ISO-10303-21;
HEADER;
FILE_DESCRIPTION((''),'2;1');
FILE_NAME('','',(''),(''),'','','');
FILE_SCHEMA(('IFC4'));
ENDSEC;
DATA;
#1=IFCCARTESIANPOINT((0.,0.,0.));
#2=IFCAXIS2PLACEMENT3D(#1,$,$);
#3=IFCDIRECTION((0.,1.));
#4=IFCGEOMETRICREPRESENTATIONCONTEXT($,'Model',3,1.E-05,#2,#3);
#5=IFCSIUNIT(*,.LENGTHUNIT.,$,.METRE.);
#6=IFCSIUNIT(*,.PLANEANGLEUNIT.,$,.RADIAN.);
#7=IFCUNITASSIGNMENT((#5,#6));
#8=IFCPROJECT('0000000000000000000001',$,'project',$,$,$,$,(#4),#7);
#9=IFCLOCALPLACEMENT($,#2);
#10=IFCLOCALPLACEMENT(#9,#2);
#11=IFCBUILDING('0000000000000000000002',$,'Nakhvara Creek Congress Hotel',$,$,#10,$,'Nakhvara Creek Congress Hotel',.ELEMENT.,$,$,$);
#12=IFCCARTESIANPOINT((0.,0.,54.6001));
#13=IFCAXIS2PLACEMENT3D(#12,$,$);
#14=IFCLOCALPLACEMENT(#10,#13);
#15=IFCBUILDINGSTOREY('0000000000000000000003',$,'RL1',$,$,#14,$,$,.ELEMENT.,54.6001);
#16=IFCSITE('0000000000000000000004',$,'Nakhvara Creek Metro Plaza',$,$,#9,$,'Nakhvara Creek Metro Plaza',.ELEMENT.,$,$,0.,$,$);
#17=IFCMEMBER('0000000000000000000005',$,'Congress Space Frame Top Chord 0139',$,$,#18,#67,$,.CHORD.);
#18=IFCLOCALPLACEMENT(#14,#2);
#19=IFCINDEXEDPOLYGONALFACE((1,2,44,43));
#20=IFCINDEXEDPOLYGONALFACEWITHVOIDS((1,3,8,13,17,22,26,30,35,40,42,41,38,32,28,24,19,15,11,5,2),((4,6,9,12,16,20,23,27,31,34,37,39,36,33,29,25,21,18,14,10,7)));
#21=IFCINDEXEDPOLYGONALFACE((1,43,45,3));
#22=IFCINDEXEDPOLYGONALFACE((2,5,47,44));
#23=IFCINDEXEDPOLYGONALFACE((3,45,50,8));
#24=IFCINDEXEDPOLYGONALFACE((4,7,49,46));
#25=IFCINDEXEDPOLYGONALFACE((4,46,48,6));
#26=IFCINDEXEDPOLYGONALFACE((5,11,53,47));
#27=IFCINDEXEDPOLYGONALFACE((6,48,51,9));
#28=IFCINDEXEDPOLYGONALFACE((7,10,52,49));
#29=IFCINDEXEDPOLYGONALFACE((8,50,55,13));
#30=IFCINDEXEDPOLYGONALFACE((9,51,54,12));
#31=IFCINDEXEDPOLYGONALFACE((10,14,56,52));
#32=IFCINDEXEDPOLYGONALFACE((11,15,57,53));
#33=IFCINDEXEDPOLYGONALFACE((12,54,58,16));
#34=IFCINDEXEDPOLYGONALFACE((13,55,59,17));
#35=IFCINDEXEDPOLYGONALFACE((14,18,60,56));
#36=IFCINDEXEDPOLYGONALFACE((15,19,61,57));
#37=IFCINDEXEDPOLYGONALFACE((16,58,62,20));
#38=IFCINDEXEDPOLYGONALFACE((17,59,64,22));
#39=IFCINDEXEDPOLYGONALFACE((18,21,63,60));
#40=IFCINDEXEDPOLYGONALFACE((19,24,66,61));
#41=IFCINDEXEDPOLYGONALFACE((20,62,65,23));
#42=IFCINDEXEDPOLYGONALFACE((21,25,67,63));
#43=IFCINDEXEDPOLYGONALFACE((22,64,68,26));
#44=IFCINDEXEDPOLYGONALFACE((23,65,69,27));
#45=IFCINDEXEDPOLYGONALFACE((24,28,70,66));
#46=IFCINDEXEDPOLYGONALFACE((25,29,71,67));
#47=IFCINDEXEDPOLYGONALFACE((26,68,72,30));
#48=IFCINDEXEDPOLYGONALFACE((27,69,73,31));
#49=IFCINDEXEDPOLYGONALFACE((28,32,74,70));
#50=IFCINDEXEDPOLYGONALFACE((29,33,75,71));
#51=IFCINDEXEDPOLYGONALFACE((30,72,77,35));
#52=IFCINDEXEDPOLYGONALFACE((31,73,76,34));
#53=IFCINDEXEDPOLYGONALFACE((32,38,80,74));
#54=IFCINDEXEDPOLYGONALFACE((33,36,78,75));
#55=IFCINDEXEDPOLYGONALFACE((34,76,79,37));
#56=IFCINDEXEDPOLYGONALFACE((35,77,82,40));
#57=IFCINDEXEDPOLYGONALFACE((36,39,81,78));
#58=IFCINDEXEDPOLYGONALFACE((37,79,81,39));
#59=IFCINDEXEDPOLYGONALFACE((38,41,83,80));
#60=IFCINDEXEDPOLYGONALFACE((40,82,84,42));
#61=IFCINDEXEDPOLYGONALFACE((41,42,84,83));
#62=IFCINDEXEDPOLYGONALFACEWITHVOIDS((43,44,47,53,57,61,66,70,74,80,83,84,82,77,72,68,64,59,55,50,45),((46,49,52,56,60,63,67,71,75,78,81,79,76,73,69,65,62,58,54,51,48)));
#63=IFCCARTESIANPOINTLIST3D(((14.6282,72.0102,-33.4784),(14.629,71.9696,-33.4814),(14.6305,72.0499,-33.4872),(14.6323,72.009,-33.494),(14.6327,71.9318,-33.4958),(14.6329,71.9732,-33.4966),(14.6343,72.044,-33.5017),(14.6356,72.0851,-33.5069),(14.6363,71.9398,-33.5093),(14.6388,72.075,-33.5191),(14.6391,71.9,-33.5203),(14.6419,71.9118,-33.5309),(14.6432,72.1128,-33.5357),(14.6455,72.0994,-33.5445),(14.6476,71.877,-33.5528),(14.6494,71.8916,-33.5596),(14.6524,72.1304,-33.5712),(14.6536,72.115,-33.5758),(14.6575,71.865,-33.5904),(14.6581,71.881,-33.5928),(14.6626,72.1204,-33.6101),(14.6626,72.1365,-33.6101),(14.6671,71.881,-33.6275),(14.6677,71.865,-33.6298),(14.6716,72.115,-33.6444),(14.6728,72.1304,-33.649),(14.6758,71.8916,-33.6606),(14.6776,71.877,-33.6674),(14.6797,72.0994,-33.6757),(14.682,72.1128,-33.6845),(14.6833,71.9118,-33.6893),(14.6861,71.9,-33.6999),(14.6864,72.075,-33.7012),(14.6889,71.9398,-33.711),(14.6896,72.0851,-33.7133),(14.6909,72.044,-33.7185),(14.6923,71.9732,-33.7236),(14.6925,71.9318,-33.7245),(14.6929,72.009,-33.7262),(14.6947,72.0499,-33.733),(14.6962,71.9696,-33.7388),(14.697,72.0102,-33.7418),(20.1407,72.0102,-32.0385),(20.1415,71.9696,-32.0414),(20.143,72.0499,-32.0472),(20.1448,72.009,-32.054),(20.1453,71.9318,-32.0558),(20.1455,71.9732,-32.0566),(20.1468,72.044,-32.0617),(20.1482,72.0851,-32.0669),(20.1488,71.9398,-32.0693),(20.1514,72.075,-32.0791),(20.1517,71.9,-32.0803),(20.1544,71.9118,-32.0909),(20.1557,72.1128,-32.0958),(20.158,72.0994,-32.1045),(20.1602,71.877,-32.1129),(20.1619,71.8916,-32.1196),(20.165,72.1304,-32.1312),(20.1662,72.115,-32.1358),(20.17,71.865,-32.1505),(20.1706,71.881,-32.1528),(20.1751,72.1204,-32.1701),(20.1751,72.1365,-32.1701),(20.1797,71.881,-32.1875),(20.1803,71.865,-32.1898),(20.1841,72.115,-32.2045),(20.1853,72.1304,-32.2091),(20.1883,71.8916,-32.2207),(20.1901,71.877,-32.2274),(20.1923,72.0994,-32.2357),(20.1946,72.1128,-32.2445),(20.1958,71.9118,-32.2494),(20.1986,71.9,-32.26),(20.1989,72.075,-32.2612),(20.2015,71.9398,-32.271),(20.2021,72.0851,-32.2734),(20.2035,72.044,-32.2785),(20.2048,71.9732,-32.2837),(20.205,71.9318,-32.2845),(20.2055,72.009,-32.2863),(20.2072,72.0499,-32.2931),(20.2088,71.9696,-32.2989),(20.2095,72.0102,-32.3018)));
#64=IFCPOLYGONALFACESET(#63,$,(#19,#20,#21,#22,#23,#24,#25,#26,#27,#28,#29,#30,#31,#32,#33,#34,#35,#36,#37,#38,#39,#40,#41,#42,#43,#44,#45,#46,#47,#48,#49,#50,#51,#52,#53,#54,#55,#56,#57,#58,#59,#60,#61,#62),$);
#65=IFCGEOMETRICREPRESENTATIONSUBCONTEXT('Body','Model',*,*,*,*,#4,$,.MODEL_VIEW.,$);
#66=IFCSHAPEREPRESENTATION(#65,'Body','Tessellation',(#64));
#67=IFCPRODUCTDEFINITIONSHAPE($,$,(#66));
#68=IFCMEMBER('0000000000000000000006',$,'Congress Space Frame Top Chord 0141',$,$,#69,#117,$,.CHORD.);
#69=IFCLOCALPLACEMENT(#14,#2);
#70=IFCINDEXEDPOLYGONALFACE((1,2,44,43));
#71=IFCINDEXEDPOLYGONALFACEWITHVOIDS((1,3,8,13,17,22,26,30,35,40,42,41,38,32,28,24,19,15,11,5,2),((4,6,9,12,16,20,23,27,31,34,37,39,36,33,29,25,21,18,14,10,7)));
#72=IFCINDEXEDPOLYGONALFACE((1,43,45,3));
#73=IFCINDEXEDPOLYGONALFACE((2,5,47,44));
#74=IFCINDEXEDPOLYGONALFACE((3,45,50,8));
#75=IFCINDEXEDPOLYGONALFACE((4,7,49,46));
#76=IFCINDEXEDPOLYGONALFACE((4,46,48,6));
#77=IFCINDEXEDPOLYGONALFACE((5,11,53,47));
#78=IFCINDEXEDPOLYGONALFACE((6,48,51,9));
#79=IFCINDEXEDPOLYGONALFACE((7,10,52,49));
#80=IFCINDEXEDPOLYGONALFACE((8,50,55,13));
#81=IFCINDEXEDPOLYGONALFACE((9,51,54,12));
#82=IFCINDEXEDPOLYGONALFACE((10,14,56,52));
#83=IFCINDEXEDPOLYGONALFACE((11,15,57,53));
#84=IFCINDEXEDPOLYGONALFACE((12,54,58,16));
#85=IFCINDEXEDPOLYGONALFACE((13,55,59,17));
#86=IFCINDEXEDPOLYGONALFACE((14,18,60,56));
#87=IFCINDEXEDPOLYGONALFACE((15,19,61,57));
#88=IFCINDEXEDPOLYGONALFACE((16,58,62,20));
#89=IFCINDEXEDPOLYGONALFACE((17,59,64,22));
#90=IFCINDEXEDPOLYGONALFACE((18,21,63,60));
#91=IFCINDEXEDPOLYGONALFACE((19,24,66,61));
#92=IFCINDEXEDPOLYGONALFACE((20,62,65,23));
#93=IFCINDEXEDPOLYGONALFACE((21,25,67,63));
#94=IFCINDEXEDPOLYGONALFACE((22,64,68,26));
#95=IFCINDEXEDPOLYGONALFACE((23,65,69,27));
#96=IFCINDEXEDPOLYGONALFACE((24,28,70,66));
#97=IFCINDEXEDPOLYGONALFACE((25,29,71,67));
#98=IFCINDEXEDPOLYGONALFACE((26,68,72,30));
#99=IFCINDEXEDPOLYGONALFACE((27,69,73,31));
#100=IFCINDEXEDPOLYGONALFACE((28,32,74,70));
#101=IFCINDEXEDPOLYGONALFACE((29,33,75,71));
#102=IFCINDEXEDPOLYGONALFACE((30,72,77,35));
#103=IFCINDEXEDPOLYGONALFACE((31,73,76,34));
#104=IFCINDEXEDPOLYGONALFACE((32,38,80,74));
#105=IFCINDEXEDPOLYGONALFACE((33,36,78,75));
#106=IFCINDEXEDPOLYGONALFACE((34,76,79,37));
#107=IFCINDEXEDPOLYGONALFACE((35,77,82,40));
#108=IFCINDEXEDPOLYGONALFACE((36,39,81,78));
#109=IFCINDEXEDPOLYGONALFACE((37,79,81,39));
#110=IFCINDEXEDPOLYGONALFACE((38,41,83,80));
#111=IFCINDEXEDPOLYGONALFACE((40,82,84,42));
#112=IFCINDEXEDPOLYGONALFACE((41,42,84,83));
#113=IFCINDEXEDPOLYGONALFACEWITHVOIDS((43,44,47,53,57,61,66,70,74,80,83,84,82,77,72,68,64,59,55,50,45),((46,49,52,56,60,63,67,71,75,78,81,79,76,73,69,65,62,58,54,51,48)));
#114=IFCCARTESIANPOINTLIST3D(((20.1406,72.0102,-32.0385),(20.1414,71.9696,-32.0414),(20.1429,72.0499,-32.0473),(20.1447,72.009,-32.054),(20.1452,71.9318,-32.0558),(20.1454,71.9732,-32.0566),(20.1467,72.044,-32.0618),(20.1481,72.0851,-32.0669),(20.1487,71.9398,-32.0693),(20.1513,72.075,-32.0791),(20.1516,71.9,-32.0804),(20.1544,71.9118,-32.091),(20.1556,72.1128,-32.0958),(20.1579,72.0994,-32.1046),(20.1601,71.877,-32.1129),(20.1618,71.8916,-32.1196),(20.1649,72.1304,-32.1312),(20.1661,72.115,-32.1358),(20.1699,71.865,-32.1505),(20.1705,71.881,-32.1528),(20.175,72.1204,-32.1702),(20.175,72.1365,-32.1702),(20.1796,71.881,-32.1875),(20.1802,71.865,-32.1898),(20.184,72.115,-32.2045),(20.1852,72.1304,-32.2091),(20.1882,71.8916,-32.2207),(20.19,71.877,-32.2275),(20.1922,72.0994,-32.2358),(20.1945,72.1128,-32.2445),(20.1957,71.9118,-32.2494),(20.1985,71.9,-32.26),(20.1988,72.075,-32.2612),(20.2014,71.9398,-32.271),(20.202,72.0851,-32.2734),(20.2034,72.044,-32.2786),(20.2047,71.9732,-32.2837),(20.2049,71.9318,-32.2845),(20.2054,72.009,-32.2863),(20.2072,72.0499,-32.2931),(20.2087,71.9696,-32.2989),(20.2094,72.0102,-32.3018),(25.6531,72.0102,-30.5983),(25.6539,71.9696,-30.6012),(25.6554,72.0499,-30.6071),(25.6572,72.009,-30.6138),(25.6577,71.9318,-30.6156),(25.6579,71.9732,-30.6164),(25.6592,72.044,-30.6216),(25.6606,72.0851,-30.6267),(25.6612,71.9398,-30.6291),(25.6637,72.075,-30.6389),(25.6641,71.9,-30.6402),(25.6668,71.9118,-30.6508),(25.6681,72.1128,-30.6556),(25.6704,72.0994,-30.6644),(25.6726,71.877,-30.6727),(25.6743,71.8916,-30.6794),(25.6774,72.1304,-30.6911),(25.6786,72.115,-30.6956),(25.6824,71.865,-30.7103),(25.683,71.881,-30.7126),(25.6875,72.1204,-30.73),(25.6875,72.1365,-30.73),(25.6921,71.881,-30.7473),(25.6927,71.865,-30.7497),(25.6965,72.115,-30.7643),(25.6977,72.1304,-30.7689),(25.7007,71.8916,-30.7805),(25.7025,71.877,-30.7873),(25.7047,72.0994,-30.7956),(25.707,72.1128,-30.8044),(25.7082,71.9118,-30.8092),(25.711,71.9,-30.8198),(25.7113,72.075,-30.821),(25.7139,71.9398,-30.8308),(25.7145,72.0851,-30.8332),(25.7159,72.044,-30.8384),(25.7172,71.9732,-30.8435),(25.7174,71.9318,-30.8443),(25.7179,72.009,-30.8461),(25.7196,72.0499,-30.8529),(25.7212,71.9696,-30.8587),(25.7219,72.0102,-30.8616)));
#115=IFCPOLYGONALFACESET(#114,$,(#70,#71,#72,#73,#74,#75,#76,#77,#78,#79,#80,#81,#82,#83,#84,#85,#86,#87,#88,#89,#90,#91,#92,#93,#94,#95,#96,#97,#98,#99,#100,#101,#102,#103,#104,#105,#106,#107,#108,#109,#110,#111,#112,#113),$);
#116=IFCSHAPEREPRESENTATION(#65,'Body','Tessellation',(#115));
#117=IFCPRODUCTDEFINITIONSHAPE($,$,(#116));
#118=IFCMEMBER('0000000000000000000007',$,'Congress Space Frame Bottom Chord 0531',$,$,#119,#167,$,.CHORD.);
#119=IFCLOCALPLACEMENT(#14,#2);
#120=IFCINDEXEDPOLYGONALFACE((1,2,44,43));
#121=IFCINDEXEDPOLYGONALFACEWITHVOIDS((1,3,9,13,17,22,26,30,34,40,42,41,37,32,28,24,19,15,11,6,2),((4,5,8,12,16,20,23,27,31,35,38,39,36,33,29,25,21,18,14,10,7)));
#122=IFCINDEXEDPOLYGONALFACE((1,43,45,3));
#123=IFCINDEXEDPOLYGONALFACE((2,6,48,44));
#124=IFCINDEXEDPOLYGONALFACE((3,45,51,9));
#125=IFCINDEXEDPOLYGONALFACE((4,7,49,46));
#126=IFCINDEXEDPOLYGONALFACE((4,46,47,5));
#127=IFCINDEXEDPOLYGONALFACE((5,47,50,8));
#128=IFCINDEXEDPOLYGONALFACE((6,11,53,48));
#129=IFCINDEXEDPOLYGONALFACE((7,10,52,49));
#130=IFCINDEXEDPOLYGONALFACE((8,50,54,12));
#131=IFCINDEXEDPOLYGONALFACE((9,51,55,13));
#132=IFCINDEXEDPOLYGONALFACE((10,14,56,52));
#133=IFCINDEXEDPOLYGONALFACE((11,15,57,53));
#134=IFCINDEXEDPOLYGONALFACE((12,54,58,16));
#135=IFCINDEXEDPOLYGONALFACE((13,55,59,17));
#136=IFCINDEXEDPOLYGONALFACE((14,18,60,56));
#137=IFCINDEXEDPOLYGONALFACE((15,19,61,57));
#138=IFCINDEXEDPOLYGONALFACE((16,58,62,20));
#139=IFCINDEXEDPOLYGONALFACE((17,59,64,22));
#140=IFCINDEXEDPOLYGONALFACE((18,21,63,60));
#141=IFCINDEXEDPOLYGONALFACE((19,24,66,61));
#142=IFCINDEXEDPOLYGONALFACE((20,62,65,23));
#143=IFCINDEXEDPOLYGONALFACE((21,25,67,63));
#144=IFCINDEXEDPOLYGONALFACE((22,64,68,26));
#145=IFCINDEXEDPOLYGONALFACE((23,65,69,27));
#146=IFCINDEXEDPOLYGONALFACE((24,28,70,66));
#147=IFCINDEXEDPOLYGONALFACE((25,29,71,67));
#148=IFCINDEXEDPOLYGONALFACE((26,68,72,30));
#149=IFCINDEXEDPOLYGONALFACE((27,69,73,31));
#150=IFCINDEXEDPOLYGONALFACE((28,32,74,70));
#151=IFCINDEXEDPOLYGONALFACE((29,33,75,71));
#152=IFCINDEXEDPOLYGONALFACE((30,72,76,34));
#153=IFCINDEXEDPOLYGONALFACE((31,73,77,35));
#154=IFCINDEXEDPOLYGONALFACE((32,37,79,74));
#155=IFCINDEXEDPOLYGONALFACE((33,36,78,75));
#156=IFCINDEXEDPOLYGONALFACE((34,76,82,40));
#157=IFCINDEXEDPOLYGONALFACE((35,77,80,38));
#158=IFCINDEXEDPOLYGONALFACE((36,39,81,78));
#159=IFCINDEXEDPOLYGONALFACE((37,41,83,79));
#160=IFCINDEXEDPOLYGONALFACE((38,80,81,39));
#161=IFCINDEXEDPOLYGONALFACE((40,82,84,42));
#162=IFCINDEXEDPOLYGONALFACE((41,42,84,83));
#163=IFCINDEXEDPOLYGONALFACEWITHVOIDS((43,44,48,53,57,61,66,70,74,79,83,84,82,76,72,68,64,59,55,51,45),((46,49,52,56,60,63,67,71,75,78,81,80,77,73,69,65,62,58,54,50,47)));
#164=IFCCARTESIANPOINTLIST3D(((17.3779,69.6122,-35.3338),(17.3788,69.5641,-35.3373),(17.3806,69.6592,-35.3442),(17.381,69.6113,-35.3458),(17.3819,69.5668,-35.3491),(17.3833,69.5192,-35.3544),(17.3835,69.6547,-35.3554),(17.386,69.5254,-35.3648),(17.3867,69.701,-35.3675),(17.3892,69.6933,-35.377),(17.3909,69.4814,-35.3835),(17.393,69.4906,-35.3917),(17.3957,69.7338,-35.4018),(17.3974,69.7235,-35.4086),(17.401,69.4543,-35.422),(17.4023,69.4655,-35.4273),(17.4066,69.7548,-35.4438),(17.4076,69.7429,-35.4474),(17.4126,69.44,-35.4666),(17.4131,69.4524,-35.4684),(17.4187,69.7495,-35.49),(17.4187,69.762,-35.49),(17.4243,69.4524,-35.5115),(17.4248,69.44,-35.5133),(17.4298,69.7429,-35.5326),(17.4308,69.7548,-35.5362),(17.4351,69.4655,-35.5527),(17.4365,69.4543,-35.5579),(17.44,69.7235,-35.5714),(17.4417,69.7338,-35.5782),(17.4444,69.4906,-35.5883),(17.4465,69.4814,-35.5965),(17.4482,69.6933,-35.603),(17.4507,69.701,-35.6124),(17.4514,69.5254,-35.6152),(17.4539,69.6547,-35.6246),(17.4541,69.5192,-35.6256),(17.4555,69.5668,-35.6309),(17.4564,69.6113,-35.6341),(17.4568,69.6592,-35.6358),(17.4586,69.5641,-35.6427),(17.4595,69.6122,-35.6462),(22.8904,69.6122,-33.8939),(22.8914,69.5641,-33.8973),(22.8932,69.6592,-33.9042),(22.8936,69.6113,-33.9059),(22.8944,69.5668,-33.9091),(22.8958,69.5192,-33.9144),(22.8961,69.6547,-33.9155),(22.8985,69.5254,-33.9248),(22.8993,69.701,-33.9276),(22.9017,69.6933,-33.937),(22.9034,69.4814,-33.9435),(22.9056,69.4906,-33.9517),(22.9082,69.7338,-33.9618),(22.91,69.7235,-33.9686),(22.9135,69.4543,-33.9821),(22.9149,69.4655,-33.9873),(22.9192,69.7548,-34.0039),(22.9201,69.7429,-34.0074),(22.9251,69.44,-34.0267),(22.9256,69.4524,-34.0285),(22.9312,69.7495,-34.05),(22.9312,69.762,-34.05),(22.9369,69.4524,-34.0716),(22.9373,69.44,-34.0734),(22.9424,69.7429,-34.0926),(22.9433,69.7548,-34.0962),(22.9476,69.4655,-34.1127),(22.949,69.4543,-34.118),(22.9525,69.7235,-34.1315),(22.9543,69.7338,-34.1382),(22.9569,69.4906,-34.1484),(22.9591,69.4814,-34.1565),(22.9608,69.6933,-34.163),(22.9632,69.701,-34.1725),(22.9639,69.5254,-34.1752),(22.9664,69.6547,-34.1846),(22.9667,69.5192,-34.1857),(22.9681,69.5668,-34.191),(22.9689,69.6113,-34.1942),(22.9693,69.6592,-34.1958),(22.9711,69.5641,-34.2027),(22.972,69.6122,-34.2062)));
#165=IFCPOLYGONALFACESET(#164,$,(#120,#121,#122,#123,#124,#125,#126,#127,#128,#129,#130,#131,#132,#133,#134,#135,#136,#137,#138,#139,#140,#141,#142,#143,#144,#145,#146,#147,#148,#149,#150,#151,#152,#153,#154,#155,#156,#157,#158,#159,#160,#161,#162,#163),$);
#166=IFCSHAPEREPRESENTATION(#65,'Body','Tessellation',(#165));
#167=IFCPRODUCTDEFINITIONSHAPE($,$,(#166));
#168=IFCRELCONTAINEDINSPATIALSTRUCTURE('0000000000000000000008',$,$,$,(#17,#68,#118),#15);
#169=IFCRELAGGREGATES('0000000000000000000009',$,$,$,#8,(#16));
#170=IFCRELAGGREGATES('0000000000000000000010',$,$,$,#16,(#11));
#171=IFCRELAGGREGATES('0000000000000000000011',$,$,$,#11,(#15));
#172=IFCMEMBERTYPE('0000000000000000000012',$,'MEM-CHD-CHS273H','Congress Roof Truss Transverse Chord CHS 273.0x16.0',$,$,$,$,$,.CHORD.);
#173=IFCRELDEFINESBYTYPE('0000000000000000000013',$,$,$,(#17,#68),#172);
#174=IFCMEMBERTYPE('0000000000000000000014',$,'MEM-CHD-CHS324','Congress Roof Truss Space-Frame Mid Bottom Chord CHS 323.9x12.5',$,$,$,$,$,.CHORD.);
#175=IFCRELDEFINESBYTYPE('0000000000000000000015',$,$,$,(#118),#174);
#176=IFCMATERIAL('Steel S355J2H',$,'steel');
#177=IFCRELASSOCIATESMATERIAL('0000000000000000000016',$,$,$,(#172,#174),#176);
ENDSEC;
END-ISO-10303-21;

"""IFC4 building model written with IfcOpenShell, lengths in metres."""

from ifc_helpers import new_model, si_unit, direction, frame, origin, origin_2d, place, context, subcontext, project, spatial, hollow_circle, extrude, material, material_profile, profile_set, type_object, element, save


model = new_model("IFC4")

# Units and contexts
model_context = context("Model", 3, precision=1e-05, world=origin(), true_north=direction((0.0, 1.0)))
body_context = subcontext(model_context, "Body", "Model", "MODEL_VIEW")
ifc_project = project(units=[si_unit("LENGTHUNIT", "METRE"), si_unit("PLANEANGLEUNIT", "RADIAN")], contexts=[model_context])

# Site, building, storey
site_placement = place(None, origin())
site = spatial("IfcSite", under=ifc_project, at=site_placement, Name="Nakhvara Creek Metro Plaza", LongName="Nakhvara Creek Metro Plaza", CompositionType="ELEMENT", RefElevation=0.0)
building_placement = place(site_placement, origin())
building = spatial("IfcBuilding", under=site, at=building_placement, Name="Nakhvara Creek Congress Hotel", LongName="Nakhvara Creek Congress Hotel", CompositionType="ELEMENT")
storey_placement = place(building_placement, frame((0.0, 0.0, 54.6001)))
storey = spatial("IfcBuildingStorey", under=building, at=storey_placement, Name="RL1", CompositionType="ELEMENT", Elevation=54.6001)

# Members
ifc_material_1 = material(Name="Steel S355J2H", Category="steel")
ifc_material_profile_1 = material_profile(ifc_material_1, hollow_circle(Radius=0.1365, WallThickness=0.0161, at=origin_2d()), Name="CHS 273.0x16.0", Category="LoadBearing")
ifc_profile_set_1 = profile_set([ifc_material_profile_1], Name="Steel S355J2H")
member_type_1 = type_object("IfcMemberType", Name="MEM-CHD-CHS273H", Description="Congress Roof Truss Transverse Chord CHS 273.0x16.0", PredefinedType="CHORD", material=ifc_profile_set_1)
for number, where, z_axis, x_axis, name in (
    (1, (14.6626, 72.0, -33.6101), (0.967535, 0.0, 0.252736), (0.0, 1.0, 0.0), "Congress Space Frame Top Chord 0139"),
    (2, (20.175, 72.0, -32.1702), (0.967525, 0.0, 0.252776), (0.0, 1.0, 0.0), "Congress Space Frame Top Chord 0141"),
):
    element("IfcMember", number, at=place(storey_placement, frame(where, z_axis=z_axis, x_axis=x_axis)), inside=storey, type_object=member_type_1, Name=name, PredefinedType="CHORD", context=body_context, shape_type="SweptSolid", body=[
        extrude(hollow_circle(Radius=0.1365, WallThickness=0.0161, at=origin_2d()), origin(), (0.0, 0.0, 1.0), 5.6975),
    ])
ifc_material_profile_2 = material_profile(ifc_material_1, hollow_circle(Radius=0.1619, WallThickness=0.0125, at=origin_2d()), Name="CHS 323.9x12.5", Category="LoadBearing")
ifc_profile_set_2 = profile_set([ifc_material_profile_2], Name="Steel S355J2H")
member_type_2 = type_object("IfcMemberType", Name="MEM-CHD-CHS324", Description="Congress Roof Truss Space-Frame Mid Bottom Chord CHS 323.9x12.5", PredefinedType="CHORD", material=ifc_profile_set_2)
for number, where, z_axis, x_axis, name in (
    (3, (17.4187, 69.6001, -35.49), (0.967535, 0.0, 0.252736), (0.0, 1.0, 0.0), "Congress Space Frame Bottom Chord 0531"),
):
    element("IfcMember", number, at=place(storey_placement, frame(where, z_axis=z_axis, x_axis=x_axis)), inside=storey, type_object=member_type_2, Name=name, PredefinedType="CHORD", context=body_context, shape_type="SweptSolid", body=[
        extrude(hollow_circle(Radius=0.1619, WallThickness=0.0125, at=origin_2d()), origin(), (0.0, 0.0, 1.0), 5.6975),
    ])

save(model, "model.ifc")
